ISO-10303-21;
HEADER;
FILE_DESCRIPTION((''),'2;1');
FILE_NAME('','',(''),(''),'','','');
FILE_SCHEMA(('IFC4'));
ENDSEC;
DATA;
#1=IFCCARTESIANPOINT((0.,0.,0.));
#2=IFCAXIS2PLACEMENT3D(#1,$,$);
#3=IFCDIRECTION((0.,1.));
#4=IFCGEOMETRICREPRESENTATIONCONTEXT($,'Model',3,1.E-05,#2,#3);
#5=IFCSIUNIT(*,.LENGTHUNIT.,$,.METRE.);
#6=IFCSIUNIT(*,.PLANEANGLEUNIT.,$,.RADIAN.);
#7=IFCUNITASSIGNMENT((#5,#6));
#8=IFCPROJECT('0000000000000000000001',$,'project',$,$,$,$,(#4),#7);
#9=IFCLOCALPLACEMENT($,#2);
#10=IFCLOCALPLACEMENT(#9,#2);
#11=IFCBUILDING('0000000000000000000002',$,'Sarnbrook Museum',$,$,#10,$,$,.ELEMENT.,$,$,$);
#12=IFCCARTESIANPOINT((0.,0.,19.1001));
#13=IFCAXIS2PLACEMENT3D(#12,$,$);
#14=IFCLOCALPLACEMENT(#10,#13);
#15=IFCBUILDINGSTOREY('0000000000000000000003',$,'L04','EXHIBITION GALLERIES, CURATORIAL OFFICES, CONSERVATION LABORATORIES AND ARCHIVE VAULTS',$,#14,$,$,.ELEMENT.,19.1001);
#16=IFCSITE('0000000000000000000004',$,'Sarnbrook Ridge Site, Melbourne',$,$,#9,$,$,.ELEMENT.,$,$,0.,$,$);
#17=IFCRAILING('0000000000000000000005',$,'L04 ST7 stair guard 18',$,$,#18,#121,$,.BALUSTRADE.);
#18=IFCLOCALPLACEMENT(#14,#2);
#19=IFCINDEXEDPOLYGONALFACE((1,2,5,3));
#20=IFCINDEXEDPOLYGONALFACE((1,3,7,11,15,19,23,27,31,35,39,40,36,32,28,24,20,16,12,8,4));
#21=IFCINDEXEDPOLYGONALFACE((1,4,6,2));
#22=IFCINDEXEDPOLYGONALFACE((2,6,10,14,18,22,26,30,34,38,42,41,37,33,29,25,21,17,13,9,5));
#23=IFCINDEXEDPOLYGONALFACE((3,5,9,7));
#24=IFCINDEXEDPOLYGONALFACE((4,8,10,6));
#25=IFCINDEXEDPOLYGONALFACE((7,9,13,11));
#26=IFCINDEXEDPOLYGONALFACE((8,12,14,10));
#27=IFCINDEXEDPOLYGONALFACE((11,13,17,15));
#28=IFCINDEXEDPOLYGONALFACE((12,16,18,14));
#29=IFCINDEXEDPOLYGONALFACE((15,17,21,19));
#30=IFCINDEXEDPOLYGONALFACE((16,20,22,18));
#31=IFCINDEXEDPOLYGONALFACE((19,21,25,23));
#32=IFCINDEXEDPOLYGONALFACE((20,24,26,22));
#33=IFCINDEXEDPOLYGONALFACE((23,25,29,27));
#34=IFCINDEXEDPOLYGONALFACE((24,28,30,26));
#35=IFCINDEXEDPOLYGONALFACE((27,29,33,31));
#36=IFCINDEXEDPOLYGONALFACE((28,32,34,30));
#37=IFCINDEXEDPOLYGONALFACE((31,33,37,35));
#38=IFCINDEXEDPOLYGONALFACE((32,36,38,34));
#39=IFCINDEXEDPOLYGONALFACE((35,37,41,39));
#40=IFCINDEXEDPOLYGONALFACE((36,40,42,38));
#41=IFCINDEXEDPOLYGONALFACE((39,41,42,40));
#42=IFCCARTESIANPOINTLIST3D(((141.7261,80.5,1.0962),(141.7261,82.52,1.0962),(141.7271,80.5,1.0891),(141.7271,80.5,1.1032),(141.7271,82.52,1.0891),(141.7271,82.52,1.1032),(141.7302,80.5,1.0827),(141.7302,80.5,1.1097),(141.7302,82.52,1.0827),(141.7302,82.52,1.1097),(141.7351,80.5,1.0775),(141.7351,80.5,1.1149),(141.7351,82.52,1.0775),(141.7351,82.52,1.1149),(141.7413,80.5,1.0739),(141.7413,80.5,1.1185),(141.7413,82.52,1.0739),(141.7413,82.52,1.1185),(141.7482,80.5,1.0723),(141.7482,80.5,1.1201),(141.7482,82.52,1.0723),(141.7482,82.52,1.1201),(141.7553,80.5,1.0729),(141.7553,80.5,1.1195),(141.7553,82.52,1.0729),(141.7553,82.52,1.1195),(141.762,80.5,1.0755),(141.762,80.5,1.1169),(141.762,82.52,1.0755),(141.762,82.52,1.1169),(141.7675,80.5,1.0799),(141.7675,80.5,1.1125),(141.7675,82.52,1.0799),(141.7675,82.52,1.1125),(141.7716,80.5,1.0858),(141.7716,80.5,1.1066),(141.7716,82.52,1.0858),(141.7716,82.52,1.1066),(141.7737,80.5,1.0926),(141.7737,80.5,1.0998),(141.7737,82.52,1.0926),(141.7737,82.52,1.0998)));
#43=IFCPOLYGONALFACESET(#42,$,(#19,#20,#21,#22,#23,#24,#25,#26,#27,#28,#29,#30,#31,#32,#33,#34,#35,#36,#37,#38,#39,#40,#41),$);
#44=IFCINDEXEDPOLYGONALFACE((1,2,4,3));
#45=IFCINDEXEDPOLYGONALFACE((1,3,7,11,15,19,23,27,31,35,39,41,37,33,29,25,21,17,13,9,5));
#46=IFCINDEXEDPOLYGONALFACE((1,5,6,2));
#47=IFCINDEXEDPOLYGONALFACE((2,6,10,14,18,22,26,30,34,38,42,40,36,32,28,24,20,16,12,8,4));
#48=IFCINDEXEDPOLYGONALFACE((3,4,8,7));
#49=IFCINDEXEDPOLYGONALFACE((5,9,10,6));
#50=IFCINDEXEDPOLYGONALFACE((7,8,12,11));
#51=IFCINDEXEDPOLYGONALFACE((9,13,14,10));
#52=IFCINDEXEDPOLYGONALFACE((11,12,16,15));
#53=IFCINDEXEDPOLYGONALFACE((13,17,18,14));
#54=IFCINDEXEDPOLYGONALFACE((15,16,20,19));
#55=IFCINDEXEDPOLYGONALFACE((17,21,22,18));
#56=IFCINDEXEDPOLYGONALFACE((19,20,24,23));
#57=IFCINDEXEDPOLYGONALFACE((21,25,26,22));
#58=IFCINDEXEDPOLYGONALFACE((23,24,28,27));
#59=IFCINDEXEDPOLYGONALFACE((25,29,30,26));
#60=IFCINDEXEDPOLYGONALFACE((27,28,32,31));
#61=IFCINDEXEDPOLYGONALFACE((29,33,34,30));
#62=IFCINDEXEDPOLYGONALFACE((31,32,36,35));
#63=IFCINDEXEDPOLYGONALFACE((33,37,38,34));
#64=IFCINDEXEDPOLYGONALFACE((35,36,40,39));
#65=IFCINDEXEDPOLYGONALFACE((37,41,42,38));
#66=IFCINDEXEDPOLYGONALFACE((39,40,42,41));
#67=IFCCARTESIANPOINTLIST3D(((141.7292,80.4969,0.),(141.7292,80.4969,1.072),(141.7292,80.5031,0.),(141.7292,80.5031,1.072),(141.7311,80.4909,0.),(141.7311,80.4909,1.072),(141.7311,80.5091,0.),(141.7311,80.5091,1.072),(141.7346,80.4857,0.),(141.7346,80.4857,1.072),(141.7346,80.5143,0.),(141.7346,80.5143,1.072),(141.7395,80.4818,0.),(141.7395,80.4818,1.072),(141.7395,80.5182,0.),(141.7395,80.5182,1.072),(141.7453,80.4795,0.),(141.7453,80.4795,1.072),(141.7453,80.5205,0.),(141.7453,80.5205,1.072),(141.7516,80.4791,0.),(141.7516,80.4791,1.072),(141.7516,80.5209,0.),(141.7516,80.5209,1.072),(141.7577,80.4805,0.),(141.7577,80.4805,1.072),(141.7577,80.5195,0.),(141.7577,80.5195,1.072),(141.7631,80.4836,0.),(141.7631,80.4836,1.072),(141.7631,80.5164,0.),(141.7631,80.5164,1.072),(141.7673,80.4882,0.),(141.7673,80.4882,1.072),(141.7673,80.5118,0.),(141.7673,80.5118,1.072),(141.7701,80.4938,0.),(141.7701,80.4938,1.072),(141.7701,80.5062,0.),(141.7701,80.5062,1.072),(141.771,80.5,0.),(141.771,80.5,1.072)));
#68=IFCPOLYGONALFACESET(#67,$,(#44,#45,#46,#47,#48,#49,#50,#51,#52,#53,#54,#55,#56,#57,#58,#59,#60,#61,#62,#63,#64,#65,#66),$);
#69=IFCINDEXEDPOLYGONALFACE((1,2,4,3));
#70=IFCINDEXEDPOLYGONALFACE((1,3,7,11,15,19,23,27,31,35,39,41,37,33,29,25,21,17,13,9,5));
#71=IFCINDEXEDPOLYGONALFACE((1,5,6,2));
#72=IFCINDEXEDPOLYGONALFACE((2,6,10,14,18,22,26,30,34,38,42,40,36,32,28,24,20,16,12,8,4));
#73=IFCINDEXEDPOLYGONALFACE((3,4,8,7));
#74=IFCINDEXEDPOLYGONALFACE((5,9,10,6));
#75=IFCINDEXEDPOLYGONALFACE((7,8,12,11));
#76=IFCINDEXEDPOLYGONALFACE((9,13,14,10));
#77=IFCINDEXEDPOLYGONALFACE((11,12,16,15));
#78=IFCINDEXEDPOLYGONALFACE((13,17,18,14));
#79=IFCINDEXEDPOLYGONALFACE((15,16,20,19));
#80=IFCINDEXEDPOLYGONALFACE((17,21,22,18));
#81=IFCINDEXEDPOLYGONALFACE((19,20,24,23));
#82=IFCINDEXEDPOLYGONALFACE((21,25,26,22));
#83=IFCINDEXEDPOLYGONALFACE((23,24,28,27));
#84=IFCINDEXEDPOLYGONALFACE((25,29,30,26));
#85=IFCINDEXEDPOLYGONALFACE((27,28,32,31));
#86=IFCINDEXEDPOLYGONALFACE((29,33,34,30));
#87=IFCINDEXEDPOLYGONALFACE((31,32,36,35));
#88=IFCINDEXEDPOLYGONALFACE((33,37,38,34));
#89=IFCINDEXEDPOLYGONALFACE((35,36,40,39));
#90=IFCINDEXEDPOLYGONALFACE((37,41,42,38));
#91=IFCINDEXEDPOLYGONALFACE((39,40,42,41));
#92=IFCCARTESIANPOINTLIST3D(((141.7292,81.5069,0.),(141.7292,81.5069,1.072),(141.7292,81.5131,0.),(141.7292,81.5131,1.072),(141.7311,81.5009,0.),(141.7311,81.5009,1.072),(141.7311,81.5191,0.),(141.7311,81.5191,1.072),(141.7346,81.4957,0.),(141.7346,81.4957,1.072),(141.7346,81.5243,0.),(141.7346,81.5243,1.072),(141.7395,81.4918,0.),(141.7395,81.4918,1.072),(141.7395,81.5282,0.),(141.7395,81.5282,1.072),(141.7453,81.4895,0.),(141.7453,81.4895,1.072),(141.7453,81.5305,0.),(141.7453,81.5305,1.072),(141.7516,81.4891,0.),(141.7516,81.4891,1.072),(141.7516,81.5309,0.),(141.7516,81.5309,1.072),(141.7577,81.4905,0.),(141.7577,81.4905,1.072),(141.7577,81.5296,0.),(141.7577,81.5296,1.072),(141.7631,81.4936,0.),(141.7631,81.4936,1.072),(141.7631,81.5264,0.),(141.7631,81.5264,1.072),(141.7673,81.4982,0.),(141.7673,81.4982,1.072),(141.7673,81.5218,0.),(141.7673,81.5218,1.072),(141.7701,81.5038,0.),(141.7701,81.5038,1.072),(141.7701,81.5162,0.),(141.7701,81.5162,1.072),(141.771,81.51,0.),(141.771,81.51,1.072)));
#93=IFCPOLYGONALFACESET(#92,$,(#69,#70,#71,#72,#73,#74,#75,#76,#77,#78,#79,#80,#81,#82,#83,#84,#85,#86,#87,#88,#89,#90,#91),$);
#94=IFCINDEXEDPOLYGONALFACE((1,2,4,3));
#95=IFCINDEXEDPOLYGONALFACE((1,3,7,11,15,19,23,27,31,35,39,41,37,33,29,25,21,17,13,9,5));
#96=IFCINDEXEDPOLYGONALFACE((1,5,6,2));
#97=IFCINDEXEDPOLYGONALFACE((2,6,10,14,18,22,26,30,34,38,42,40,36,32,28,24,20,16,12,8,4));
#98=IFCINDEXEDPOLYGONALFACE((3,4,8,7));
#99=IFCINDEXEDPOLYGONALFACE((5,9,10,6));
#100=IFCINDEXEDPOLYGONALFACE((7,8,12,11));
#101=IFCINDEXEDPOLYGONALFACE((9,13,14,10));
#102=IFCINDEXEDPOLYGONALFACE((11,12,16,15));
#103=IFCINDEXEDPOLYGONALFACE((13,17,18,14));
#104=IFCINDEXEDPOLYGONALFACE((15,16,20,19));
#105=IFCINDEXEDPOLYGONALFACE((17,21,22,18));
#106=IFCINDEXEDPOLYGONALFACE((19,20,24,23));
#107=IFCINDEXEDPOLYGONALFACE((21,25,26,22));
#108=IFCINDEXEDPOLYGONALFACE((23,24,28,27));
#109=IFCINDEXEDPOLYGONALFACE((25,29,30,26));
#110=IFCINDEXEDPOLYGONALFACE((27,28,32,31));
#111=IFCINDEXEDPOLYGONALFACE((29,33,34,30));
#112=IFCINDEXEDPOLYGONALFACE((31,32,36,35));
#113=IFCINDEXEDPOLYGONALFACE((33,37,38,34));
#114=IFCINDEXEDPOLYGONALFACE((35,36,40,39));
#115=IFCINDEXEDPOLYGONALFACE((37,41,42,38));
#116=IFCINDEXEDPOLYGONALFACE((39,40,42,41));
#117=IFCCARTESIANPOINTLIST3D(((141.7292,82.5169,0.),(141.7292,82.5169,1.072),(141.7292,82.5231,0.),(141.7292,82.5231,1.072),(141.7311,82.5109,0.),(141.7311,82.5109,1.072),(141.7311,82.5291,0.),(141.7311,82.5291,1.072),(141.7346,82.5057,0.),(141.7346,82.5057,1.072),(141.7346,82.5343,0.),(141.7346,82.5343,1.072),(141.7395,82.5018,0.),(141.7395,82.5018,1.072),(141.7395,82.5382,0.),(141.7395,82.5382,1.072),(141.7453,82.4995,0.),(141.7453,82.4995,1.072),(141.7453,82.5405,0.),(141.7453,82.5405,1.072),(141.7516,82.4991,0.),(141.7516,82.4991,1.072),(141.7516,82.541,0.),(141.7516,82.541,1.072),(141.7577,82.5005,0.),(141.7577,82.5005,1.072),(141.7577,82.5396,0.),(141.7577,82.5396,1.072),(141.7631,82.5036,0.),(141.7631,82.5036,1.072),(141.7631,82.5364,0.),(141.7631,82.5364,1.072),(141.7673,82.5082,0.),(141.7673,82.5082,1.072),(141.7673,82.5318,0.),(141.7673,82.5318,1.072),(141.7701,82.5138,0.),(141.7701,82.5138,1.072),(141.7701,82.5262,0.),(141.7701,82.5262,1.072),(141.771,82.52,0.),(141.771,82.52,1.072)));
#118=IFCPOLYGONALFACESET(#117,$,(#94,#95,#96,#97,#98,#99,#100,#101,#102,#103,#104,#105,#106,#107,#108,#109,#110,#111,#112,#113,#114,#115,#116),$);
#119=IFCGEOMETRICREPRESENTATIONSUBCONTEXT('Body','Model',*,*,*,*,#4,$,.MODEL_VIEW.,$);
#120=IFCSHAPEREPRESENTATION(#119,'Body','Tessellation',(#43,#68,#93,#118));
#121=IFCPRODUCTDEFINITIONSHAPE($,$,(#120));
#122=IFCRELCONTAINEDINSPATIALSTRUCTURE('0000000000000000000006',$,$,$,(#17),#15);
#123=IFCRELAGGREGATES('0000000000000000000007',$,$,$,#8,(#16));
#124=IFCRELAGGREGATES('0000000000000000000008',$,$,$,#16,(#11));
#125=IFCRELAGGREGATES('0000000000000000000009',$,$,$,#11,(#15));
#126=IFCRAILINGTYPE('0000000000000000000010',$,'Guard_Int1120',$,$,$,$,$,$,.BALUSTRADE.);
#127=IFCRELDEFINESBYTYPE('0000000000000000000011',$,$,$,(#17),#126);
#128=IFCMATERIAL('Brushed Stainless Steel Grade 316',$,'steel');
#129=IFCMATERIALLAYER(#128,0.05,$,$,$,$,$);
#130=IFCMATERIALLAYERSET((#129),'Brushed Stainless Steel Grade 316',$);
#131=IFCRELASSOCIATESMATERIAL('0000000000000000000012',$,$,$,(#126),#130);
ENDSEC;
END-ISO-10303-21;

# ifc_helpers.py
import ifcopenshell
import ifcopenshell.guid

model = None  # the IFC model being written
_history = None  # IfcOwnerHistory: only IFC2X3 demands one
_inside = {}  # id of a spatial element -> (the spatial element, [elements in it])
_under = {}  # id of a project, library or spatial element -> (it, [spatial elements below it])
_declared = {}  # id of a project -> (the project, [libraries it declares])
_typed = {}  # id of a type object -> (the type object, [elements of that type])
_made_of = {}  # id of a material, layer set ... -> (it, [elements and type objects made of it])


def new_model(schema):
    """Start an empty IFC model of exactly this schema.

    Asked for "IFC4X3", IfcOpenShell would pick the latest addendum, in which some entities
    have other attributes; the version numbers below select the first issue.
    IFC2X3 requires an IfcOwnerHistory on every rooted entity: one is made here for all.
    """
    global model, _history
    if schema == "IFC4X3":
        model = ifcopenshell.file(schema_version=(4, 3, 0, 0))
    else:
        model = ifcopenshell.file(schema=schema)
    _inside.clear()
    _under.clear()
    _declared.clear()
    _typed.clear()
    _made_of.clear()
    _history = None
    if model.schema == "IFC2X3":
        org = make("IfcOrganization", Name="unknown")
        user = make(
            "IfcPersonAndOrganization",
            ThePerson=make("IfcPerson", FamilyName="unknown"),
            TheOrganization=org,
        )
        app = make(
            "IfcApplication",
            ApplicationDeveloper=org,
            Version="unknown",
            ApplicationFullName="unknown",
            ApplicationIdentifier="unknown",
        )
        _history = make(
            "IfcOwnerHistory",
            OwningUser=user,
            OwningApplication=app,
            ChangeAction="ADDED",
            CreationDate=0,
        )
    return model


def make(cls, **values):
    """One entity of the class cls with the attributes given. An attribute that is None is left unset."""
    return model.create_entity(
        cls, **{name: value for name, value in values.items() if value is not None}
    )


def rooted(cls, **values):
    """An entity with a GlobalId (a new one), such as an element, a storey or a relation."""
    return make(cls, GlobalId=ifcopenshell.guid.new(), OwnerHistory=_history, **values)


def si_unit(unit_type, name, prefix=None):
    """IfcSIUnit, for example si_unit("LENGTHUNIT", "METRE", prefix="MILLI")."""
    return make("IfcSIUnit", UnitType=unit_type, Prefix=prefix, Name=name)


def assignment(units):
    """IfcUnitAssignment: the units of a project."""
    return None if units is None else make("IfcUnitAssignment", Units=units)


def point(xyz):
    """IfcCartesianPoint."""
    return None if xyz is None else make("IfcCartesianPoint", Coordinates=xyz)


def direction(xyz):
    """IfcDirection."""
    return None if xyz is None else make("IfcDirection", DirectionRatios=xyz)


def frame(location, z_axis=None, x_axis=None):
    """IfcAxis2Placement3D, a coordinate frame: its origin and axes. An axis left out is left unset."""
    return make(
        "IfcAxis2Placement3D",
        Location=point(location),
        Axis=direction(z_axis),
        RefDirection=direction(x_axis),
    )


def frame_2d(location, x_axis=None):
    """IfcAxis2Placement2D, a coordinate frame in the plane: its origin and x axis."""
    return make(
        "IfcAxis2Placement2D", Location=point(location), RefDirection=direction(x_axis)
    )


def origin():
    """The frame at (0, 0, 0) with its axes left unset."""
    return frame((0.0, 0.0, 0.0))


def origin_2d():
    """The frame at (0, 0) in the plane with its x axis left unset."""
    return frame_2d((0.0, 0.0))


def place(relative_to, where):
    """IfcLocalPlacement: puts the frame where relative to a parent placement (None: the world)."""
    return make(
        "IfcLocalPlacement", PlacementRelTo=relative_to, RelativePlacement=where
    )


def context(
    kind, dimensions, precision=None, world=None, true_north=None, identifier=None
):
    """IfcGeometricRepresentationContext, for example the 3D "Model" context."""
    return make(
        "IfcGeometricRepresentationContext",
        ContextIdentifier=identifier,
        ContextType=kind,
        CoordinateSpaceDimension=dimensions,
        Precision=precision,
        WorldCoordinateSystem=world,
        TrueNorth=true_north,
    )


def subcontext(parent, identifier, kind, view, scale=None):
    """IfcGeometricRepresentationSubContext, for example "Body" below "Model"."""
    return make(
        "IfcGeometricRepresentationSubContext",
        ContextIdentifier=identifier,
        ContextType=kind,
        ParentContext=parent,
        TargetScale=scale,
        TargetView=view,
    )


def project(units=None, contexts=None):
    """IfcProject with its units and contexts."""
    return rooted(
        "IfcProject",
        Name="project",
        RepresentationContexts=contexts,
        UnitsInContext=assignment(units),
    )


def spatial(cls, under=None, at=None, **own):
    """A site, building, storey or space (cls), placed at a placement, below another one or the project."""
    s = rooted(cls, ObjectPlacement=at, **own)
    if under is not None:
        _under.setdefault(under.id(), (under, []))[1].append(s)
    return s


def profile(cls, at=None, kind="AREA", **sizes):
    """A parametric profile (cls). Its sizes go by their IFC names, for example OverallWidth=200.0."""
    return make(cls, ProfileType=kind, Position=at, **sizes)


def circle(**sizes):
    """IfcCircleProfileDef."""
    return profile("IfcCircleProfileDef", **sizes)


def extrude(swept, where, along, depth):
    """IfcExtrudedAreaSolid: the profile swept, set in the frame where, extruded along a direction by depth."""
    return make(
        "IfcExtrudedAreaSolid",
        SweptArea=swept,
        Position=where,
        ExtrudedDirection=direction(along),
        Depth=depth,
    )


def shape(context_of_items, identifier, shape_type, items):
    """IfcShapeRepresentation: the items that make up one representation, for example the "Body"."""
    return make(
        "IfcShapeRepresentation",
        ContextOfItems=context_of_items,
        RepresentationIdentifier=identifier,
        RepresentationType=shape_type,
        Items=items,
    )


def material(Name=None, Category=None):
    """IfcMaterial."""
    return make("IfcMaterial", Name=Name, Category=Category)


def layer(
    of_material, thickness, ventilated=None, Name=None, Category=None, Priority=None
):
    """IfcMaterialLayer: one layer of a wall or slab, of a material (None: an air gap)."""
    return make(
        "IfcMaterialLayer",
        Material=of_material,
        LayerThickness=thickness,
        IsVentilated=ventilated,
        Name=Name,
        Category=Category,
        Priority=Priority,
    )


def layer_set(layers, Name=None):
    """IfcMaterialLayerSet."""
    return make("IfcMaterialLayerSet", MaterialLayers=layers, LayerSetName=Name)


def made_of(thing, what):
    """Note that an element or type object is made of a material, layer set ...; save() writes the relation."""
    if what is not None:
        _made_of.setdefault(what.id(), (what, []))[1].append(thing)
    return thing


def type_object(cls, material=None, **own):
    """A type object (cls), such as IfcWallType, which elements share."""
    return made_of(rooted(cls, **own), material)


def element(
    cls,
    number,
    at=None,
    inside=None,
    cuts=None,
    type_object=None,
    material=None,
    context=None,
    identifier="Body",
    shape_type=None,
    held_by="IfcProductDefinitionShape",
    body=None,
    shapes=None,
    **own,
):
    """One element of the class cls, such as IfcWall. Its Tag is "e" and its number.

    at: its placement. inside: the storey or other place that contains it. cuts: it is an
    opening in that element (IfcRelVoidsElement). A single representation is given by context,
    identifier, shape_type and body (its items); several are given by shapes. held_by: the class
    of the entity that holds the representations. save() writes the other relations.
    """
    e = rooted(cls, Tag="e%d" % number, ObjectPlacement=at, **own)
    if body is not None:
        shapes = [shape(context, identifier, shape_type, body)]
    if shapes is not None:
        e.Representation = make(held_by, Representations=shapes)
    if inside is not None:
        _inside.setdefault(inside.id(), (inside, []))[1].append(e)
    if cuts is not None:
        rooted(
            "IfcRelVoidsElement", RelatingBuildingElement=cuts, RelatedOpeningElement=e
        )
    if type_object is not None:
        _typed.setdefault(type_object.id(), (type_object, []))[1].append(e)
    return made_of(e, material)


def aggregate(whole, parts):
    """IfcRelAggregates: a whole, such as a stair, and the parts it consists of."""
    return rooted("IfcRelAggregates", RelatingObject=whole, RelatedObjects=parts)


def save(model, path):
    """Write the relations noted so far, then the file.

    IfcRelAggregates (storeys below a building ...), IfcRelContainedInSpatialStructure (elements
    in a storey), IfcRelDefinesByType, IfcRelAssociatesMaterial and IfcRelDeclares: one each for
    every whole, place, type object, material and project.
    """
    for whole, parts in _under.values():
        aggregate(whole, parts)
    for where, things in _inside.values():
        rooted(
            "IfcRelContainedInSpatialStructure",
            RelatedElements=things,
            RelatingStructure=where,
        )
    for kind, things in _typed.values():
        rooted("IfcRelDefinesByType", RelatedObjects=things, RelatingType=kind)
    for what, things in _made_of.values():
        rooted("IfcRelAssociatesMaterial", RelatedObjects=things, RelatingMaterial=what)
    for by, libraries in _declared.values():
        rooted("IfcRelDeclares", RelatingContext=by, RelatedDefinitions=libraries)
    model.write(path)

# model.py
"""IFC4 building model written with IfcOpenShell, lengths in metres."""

from ifc_helpers import new_model, si_unit, direction, frame, origin, origin_2d, place, context, subcontext, project, spatial, circle, extrude, material, layer, layer_set, type_object, element, save


model = new_model("IFC4")

# Units and contexts
model_context = context("Model", 3, precision=1e-05, world=origin(), true_north=direction((0.0, 1.0)))
body_context = subcontext(model_context, "Body", "Model", "MODEL_VIEW")
ifc_project = project(units=[si_unit("LENGTHUNIT", "METRE"), si_unit("PLANEANGLEUNIT", "RADIAN")], contexts=[model_context])

# Site, building, storey
site_placement = place(None, origin())
site = spatial("IfcSite", under=ifc_project, at=site_placement, Name="Sarnbrook Ridge Site, Melbourne", CompositionType="ELEMENT", RefElevation=0.0)
building_placement = place(site_placement, origin())
building = spatial("IfcBuilding", under=site, at=building_placement, Name="Sarnbrook Museum", CompositionType="ELEMENT")
storey_placement = place(building_placement, frame((0.0, 0.0, 19.1001)))
storey = spatial("IfcBuildingStorey", under=building, at=storey_placement, Name="L04", Description="EXHIBITION GALLERIES, CURATORIAL OFFICES, CONSERVATION LABORATORIES AND ARCHIVE VAULTS", CompositionType="ELEMENT", Elevation=19.1001)

# Railing
ifc_material_1 = material(Name="Brushed Stainless Steel Grade 316", Category="steel")
ifc_layer_1 = layer(ifc_material_1, 0.05)
ifc_layer_set_1 = layer_set([ifc_layer_1], Name="Brushed Stainless Steel Grade 316")
railing_type_1 = type_object("IfcRailingType", Name="Guard_Int1120", PredefinedType="BALUSTRADE", material=ifc_layer_set_1)
railing_1_placement = place(storey_placement, frame((141.75, 80.5, 0.0)))
element("IfcRailing", 1, at=railing_1_placement, inside=storey, type_object=railing_type_1, Name="L04 ST7 stair guard 18", PredefinedType="BALUSTRADE", context=body_context, shape_type="SweptSolid", body=[
    extrude(circle(Radius=0.0239, at=origin_2d()), frame((0.0, 0.0, 1.0962), z_axis=(0.0, 1.0, 0.0), x_axis=(-1.0, 0.0, 0.0)), (0.0, 0.0, 1.0), 2.02),
    extrude(circle(Radius=0.021, at=origin_2d()), origin(), (0.0, 0.0, 1.0), 1.072),
    extrude(circle(Radius=0.021, at=origin_2d()), frame((0.0, 1.01, 0.0)), (0.0, 0.0, 1.0), 1.072),
    extrude(circle(Radius=0.021, at=origin_2d()), frame((0.0, 2.02, 0.0)), (0.0, 0.0, 1.0), 1.072),
])

save(model, "model.ifc")
